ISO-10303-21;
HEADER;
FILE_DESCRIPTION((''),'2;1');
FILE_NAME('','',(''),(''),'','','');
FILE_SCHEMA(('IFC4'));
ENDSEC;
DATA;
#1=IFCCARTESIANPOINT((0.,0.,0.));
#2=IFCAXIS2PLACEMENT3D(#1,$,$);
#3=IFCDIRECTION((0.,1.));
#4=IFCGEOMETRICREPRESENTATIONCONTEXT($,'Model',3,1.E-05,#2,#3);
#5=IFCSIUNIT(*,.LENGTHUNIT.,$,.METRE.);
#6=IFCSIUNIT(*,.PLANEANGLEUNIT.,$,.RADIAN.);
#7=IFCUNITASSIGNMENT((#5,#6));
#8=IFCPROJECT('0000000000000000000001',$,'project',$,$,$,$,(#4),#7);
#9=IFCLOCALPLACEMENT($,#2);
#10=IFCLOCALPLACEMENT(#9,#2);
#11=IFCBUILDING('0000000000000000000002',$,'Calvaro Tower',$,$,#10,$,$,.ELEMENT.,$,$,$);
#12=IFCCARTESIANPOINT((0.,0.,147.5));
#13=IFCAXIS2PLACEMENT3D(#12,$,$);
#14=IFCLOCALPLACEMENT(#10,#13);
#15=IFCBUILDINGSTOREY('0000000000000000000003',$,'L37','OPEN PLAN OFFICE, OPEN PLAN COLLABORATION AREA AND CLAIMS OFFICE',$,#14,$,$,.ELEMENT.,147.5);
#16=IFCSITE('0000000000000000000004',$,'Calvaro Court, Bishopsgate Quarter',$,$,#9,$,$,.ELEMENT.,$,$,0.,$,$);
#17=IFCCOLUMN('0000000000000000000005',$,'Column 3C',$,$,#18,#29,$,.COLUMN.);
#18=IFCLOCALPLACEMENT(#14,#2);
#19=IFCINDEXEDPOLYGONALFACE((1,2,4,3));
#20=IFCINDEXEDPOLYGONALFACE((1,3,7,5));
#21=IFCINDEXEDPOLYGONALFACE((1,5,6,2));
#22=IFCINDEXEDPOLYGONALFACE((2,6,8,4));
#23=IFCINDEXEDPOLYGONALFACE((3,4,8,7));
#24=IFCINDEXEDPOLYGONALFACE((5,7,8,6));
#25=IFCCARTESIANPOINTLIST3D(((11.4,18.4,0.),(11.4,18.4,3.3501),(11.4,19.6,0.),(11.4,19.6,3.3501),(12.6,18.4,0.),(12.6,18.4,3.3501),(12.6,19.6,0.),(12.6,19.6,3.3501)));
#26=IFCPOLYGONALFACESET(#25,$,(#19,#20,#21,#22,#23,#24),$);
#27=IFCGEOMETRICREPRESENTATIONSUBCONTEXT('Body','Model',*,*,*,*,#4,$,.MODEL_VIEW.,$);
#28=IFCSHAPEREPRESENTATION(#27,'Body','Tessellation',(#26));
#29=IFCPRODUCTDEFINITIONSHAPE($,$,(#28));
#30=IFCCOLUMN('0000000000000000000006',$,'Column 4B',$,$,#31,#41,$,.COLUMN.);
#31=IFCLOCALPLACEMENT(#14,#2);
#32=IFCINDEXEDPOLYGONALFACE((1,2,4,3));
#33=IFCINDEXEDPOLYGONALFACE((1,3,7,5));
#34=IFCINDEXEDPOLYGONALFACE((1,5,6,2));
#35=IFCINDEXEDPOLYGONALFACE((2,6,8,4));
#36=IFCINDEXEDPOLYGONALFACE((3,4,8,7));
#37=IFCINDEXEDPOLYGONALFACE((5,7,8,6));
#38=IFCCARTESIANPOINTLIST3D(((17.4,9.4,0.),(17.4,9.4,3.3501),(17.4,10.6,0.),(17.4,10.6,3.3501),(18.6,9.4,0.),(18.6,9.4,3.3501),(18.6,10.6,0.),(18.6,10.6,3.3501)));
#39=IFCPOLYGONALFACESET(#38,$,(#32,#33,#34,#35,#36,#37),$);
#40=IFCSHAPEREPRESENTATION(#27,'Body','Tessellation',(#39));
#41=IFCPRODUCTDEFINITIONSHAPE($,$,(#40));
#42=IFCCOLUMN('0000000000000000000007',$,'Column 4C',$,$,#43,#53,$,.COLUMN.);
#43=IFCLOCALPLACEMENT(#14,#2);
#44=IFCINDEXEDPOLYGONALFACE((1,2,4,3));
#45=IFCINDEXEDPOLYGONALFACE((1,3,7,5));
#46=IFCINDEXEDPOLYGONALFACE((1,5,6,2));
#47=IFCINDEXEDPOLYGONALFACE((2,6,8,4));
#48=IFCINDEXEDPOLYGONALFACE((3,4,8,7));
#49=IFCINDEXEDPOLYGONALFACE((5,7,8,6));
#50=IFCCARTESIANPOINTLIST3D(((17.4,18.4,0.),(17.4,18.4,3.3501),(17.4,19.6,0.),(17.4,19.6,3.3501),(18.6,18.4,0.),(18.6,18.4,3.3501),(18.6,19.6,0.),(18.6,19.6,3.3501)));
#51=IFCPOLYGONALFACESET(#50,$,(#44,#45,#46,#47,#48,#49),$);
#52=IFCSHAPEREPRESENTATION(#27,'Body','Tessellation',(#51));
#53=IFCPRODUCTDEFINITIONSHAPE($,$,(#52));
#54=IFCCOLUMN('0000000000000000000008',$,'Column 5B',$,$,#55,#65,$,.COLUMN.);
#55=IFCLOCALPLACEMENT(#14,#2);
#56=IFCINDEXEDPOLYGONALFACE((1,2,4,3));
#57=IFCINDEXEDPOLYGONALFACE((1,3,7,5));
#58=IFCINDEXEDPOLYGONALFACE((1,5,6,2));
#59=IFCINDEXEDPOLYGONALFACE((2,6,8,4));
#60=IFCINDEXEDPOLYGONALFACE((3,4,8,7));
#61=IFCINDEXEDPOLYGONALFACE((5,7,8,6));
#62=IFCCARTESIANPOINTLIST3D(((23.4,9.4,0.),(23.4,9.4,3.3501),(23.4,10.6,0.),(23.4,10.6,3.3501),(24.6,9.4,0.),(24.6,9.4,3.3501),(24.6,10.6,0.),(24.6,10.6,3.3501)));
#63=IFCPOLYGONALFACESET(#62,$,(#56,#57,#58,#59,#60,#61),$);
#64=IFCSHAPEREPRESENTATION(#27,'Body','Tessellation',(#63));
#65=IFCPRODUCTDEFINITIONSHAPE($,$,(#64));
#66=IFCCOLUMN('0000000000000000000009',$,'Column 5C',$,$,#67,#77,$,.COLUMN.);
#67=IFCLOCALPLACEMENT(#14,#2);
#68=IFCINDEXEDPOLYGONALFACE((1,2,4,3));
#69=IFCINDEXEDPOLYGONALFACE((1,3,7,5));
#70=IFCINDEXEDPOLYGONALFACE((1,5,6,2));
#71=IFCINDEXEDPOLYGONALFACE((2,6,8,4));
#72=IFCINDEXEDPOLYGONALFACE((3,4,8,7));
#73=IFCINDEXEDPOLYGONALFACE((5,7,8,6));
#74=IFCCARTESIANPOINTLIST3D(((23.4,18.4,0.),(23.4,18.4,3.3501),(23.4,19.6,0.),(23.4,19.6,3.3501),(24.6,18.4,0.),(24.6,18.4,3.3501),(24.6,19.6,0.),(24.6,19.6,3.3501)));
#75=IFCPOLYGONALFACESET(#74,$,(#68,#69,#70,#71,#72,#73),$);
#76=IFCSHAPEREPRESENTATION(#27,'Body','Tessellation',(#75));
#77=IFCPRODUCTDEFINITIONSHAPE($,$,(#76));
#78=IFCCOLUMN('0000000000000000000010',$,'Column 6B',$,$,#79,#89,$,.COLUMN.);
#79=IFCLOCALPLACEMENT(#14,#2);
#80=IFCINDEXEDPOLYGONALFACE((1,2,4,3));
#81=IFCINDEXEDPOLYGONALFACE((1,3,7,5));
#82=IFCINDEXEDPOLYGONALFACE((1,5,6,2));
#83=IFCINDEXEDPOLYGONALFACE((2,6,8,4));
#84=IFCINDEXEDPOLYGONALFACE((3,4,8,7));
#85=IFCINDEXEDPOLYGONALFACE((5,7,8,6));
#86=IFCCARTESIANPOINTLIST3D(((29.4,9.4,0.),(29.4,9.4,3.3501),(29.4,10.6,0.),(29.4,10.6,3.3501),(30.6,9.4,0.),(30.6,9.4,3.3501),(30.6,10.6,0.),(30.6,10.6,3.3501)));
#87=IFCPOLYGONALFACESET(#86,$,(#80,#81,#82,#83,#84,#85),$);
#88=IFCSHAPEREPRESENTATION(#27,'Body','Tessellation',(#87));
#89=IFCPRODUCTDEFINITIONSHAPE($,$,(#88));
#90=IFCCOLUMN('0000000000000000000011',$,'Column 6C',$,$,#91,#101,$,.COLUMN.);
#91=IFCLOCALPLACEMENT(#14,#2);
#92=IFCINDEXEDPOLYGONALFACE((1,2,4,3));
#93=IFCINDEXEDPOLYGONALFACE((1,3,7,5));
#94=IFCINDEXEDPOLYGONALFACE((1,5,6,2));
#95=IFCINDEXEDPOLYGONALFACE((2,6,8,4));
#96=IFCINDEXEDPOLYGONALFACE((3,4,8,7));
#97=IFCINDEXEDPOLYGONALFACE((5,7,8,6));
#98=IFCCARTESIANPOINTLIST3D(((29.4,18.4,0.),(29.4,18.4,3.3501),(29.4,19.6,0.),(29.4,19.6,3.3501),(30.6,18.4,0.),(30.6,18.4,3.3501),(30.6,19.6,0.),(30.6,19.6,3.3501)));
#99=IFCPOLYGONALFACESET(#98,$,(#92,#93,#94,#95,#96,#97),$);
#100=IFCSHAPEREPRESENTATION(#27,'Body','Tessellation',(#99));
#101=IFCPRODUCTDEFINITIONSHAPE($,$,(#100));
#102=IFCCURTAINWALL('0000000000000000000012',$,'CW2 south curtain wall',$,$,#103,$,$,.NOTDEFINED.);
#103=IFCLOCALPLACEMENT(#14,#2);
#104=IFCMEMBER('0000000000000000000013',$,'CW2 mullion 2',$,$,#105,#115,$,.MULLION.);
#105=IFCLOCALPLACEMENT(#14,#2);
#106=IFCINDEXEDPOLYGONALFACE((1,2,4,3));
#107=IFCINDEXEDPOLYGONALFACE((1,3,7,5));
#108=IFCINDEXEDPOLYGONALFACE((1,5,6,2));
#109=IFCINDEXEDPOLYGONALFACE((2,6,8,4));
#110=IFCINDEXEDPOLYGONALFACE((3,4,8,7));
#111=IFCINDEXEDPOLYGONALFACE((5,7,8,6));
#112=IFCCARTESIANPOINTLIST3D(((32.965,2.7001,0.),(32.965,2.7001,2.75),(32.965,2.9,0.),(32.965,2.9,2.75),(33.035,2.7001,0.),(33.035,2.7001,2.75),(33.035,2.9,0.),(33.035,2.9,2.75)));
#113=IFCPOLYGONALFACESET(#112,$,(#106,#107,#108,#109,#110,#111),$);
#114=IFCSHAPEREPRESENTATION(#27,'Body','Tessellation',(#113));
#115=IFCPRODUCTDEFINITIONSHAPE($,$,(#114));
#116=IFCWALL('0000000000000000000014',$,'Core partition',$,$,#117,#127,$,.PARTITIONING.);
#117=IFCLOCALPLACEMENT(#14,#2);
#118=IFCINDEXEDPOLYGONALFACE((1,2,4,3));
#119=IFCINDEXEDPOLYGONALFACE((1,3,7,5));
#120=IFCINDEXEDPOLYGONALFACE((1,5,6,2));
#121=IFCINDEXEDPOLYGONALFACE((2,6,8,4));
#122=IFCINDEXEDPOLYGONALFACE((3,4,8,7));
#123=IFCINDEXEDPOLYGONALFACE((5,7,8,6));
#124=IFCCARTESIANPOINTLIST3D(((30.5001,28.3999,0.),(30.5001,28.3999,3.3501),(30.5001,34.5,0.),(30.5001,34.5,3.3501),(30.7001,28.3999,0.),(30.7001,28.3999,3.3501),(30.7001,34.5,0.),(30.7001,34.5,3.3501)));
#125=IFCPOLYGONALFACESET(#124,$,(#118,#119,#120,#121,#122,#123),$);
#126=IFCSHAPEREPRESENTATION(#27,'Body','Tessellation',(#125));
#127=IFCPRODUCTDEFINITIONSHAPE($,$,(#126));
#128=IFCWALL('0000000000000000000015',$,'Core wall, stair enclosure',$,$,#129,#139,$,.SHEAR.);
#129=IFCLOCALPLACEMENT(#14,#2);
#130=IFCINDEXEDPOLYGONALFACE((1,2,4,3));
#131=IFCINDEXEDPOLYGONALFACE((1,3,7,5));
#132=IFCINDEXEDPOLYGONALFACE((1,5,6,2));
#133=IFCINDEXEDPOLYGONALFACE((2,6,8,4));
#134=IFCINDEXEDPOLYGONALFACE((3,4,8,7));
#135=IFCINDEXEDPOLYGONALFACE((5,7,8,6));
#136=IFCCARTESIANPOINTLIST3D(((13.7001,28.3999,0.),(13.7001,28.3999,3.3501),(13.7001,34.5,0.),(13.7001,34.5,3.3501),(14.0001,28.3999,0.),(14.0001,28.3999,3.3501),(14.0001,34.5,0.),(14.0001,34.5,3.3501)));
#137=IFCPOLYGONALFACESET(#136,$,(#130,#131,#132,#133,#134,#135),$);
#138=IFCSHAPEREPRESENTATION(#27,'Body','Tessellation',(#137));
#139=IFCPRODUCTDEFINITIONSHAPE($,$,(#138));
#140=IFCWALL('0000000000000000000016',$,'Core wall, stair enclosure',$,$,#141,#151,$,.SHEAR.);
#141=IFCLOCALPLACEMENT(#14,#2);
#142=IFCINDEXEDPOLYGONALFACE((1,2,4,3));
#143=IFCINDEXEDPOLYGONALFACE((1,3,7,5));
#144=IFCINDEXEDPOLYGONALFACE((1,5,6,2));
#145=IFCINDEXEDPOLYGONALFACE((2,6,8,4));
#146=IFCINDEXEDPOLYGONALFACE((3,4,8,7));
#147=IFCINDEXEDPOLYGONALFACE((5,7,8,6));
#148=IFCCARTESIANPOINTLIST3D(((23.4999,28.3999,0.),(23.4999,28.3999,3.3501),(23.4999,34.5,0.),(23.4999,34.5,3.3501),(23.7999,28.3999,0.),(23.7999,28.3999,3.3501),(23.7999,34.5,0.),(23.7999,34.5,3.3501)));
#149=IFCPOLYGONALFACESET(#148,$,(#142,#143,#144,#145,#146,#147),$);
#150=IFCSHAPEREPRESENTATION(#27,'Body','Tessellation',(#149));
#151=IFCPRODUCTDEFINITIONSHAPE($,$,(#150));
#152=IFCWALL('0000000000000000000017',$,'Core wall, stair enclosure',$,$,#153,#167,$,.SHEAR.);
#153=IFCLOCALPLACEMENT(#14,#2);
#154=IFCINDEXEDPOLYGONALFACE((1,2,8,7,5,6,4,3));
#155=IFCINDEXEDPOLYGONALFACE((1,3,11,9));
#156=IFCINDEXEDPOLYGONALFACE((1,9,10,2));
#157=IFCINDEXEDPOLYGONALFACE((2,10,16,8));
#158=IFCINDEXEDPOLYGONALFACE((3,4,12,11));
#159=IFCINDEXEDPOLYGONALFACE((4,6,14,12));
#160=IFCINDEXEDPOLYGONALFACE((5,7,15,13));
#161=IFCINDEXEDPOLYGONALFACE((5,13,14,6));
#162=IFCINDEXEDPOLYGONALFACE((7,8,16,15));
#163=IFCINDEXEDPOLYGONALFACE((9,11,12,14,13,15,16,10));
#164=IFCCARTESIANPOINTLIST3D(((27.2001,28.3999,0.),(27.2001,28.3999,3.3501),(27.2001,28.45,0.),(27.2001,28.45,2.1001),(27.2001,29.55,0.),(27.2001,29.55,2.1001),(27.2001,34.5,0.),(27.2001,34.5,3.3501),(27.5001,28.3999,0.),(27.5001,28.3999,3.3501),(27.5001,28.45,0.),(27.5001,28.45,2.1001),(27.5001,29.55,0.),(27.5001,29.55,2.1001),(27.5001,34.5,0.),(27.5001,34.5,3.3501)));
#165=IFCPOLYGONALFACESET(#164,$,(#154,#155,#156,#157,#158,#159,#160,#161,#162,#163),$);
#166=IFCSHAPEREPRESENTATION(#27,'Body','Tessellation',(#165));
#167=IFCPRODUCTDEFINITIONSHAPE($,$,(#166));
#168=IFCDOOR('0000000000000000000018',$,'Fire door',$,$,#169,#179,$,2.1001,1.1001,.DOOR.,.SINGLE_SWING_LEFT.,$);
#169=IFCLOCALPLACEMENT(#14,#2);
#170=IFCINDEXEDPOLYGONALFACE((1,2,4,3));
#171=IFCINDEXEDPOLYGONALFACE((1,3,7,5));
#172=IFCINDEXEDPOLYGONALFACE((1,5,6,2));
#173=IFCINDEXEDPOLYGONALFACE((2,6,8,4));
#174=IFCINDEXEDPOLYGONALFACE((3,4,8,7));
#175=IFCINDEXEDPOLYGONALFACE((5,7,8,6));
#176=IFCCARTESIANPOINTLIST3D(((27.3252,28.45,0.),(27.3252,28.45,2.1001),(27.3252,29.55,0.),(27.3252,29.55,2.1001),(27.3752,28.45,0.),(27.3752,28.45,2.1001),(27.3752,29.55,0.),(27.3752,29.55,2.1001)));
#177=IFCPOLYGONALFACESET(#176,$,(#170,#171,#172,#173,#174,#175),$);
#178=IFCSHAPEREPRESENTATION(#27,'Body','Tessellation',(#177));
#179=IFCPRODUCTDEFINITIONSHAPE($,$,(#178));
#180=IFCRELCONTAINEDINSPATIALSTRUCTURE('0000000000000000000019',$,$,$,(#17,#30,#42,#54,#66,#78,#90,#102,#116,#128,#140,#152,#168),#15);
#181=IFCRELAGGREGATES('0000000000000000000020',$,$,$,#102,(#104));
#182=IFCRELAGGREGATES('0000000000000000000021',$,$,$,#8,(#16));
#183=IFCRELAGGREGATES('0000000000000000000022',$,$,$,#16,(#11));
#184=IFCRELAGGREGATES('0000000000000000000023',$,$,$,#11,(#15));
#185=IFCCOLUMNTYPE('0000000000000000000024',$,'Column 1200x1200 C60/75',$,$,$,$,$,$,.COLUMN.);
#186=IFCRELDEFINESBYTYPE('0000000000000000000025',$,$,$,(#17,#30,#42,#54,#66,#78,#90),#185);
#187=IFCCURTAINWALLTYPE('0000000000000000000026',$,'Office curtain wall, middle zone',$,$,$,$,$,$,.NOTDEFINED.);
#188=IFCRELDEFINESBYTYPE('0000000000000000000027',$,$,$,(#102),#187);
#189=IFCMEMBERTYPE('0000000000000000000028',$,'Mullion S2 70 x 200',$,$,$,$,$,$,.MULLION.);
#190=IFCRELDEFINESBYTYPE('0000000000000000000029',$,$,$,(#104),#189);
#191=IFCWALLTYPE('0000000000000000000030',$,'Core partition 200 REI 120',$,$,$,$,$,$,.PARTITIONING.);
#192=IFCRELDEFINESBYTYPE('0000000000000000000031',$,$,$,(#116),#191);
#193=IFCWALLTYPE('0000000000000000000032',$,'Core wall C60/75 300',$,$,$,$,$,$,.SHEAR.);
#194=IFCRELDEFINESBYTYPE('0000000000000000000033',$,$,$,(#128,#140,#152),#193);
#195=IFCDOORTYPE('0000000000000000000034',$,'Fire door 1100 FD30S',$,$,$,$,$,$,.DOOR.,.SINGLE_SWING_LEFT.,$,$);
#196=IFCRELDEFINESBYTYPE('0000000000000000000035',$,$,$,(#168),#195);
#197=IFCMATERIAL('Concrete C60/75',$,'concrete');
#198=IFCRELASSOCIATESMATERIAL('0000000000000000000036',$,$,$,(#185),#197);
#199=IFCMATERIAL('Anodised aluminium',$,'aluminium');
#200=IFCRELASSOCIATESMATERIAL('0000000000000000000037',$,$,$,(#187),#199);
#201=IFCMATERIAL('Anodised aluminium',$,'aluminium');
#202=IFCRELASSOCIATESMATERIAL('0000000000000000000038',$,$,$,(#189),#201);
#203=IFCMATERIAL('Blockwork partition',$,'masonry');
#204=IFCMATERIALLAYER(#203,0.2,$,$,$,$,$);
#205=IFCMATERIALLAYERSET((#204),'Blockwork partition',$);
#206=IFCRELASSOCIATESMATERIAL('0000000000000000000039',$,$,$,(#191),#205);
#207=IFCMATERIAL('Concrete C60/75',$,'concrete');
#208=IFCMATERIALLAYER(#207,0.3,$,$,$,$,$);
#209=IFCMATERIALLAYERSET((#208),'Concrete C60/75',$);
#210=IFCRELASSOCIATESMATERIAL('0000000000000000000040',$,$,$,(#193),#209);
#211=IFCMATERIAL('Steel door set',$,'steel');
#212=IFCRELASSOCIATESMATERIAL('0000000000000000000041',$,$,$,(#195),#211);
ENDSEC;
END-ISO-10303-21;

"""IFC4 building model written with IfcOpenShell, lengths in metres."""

from ifc_helpers import new_model, si_unit, direction, frame, frame_2d, origin, origin_2d, place, context, subcontext, project, spatial, rectangle, extrude, material, layer, layer_set, material_profile, profile_set, type_object, element, fill, aggregate, save


model = new_model("IFC4")

# Units and contexts
model_context = context("Model", 3, precision=1e-05, world=origin(), true_north=direction((0.0, 1.0)))
body_context = subcontext(model_context, "Body", "Model", "MODEL_VIEW")
ifc_project = project(units=[si_unit("LENGTHUNIT", "METRE"), si_unit("PLANEANGLEUNIT", "RADIAN")], contexts=[model_context])

# Site, building, storey
site_placement = place(None, origin())
site = spatial("IfcSite", under=ifc_project, at=site_placement, Name="Calvaro Court, Bishopsgate Quarter", CompositionType="ELEMENT", RefElevation=0.0)
building_placement = place(site_placement, origin())
building = spatial("IfcBuilding", under=site, at=building_placement, Name="Calvaro Tower", CompositionType="ELEMENT")
storey_placement = place(building_placement, frame((0.0, 0.0, 147.5)))
storey = spatial("IfcBuildingStorey", under=building, at=storey_placement, Name="L37", Description="OPEN PLAN OFFICE, OPEN PLAN COLLABORATION AREA AND CLAIMS OFFICE", CompositionType="ELEMENT", Elevation=147.5)

# Columns
ifc_material_1 = material(Name="Concrete C60/75", Category="concrete")
ifc_material_profile_1 = material_profile(ifc_material_1, rectangle(XDim=1.2, YDim=1.2, at=origin_2d()), Name="RC 1200x1200")
ifc_profile_set_1 = profile_set([ifc_material_profile_1], Name="Concrete C60/75")
column_type = type_object("IfcColumnType", Name="Column 1200x1200 C60/75", PredefinedType="COLUMN", material=ifc_profile_set_1)
for number, where, z_axis, x_axis, name in (
    (1, (12.0, 19.0, 0.0), (0.0, 0.0, 1.0), (1.0, 0.0, 0.0), "Column 3C"),
    (2, (18.0, 10.0, 0.0), (0.0, 0.0, 1.0), (1.0, 0.0, 0.0), "Column 4B"),
    (3, (18.0, 19.0, 0.0), (0.0, 0.0, 1.0), (1.0, 0.0, 0.0), "Column 4C"),
    (4, (24.0, 10.0, 0.0), (0.0, 0.0, 1.0), (1.0, 0.0, 0.0), "Column 5B"),
    (5, (24.0, 19.0, 0.0), (0.0, 0.0, 1.0), (1.0, 0.0, 0.0), "Column 5C"),
    (6, (30.0, 10.0, 0.0), (0.0, 0.0, 1.0), (1.0, 0.0, 0.0), "Column 6B"),
    (7, (30.0, 19.0, 0.0), (0.0, 0.0, 1.0), (1.0, 0.0, 0.0), "Column 6C"),
):
    element("IfcColumn", number, at=place(storey_placement, frame(where, z_axis=z_axis, x_axis=x_axis)), inside=storey, type_object=column_type, Name=name, PredefinedType="COLUMN", context=body_context, shape_type="SweptSolid", body=[
        extrude(rectangle(XDim=1.2, YDim=1.2, at=origin_2d()), origin(), (0.0, 0.0, 1.0), 3.3501),
    ])

# Curtain wall, member
ifc_material_2 = material(Name="Anodised aluminium", Category="aluminium")
curtain_wall_type = type_object("IfcCurtainWallType", Name="Office curtain wall, middle zone", PredefinedType="NOTDEFINED", material=ifc_material_2)
curtain_wall_placement = place(storey_placement, origin())
curtain_wall = element("IfcCurtainWall", 8, at=curtain_wall_placement, inside=storey, type_object=curtain_wall_type, Name="CW2 south curtain wall", PredefinedType="NOTDEFINED")
ifc_material_3 = material(Name="Anodised aluminium", Category="aluminium")
ifc_material_profile_2 = material_profile(ifc_material_3, rectangle(XDim=0.2, YDim=0.0701, at=origin_2d()), Name="Mullion S2 70 x 200")
ifc_profile_set_2 = profile_set([ifc_material_profile_2], Name="Anodised aluminium")
member_type = type_object("IfcMemberType", Name="Mullion S2 70 x 200", PredefinedType="MULLION", material=ifc_profile_set_2)
member_placement = place(storey_placement, frame((33.0, 2.8, 0.0), z_axis=(0.0, 0.0, 1.0), x_axis=(0.0, 1.0, 0.0)))
member = element("IfcMember", 9, at=member_placement, type_object=member_type, Name="CW2 mullion 2", PredefinedType="MULLION", context=body_context, shape_type="SweptSolid", body=[
    extrude(rectangle(XDim=0.2, YDim=0.0701, at=origin_2d()), origin(), (0.0, 0.0, 1.0), 2.75),
])
aggregate(curtain_wall, [member])

# Walls
ifc_material_4 = material(Name="Blockwork partition", Category="masonry")
ifc_layer_1 = layer(ifc_material_4, 0.2)
ifc_layer_set_1 = layer_set([ifc_layer_1], Name="Blockwork partition")
wall_type_1 = type_object("IfcWallType", Name="Core partition 200 REI 120", PredefinedType="PARTITIONING", material=ifc_layer_set_1)
wall_1_placement = place(storey_placement, frame((30.6001, 28.3999, 0.0), z_axis=(0.0, 0.0, 1.0), x_axis=(0.0, 1.0, 0.0)))
element("IfcWall", 10, at=wall_1_placement, inside=storey, type_object=wall_type_1, Name="Core partition", PredefinedType="PARTITIONING", context=body_context, shape_type="SweptSolid", body=[
    extrude(rectangle(XDim=6.1001, YDim=0.2, at=frame_2d((3.05, 0.0))), origin(), (0.0, 0.0, 1.0), 3.3501),
])
ifc_material_5 = material(Name="Concrete C60/75", Category="concrete")
ifc_layer_2 = layer(ifc_material_5, 0.3)
ifc_layer_set_2 = layer_set([ifc_layer_2], Name="Concrete C60/75")
wall_type_2 = type_object("IfcWallType", Name="Core wall C60/75 300", PredefinedType="SHEAR", material=ifc_layer_set_2)
for number, where, z_axis, x_axis, name in (
    (11, (13.8501, 28.3999, 0.0), (0.0, 0.0, 1.0), (0.0, 1.0, 0.0), "Core wall, stair enclosure"),
    (12, (23.6499, 28.3999, 0.0), (0.0, 0.0, 1.0), (0.0, 1.0, 0.0), "Core wall, stair enclosure"),
):
    element("IfcWall", number, at=place(storey_placement, frame(where, z_axis=z_axis, x_axis=x_axis)), inside=storey, type_object=wall_type_2, Name=name, PredefinedType="SHEAR", context=body_context, shape_type="SweptSolid", body=[
        extrude(rectangle(XDim=6.1001, YDim=0.3, at=frame_2d((3.05, 0.0))), origin(), (0.0, 0.0, 1.0), 3.3501),
    ])

# Wall, opening, door
wall_2_placement = place(storey_placement, frame((27.3501, 28.3999, 0.0), z_axis=(0.0, 0.0, 1.0), x_axis=(0.0, 1.0, 0.0)))
wall_2 = element("IfcWall", 13, at=wall_2_placement, inside=storey, type_object=wall_type_2, Name="Core wall, stair enclosure", PredefinedType="SHEAR", context=body_context, shape_type="SweptSolid", body=[
    extrude(rectangle(XDim=6.1001, YDim=0.3, at=frame_2d((3.05, 0.0))), origin(), (0.0, 0.0, 1.0), 3.3501),
])
opening_1_placement = place(wall_2_placement, frame((0.05, 0.0, 0.0)))
opening_1 = element("IfcOpeningElement", 14, at=opening_1_placement, cuts=wall_2, PredefinedType="OPENING", context=body_context, shape_type="SweptSolid", body=[
    extrude(rectangle(XDim=1.1001, YDim=2.1001, at=frame_2d((0.55, 1.05))), frame((0.0, 0.1599, 0.0), z_axis=(0.0, -1.0, 0.0), x_axis=(1.0, 0.0, 0.0)), (0.0, 0.0, 1.0), 0.3201),
])
ifc_material_6 = material(Name="Steel door set", Category="steel")
door_type_1 = type_object("IfcDoorType", Name="Fire door 1100 FD30S", OperationType="SINGLE_SWING_LEFT", PredefinedType="DOOR", material=ifc_material_6)
door_1_placement = place(opening_1_placement, origin())
door_1 = element("IfcDoor", 15, at=door_1_placement, inside=storey, type_object=door_type_1, Name="Fire door", OperationType="SINGLE_SWING_LEFT", OverallHeight=2.1001, OverallWidth=1.1001, PredefinedType="DOOR", context=body_context, shape_type="SweptSolid", body=[
    extrude(rectangle(XDim=1.1001, YDim=2.1001, at=frame_2d((0.55, 1.05))), frame((0.0, 0.0249, 0.0), z_axis=(0.0, -1.0, 0.0), x_axis=(1.0, 0.0, 0.0)), (0.0, 0.0, 1.0), 0.05),
])
fill(opening_1, door_1)

save(model, "model.ifc")
